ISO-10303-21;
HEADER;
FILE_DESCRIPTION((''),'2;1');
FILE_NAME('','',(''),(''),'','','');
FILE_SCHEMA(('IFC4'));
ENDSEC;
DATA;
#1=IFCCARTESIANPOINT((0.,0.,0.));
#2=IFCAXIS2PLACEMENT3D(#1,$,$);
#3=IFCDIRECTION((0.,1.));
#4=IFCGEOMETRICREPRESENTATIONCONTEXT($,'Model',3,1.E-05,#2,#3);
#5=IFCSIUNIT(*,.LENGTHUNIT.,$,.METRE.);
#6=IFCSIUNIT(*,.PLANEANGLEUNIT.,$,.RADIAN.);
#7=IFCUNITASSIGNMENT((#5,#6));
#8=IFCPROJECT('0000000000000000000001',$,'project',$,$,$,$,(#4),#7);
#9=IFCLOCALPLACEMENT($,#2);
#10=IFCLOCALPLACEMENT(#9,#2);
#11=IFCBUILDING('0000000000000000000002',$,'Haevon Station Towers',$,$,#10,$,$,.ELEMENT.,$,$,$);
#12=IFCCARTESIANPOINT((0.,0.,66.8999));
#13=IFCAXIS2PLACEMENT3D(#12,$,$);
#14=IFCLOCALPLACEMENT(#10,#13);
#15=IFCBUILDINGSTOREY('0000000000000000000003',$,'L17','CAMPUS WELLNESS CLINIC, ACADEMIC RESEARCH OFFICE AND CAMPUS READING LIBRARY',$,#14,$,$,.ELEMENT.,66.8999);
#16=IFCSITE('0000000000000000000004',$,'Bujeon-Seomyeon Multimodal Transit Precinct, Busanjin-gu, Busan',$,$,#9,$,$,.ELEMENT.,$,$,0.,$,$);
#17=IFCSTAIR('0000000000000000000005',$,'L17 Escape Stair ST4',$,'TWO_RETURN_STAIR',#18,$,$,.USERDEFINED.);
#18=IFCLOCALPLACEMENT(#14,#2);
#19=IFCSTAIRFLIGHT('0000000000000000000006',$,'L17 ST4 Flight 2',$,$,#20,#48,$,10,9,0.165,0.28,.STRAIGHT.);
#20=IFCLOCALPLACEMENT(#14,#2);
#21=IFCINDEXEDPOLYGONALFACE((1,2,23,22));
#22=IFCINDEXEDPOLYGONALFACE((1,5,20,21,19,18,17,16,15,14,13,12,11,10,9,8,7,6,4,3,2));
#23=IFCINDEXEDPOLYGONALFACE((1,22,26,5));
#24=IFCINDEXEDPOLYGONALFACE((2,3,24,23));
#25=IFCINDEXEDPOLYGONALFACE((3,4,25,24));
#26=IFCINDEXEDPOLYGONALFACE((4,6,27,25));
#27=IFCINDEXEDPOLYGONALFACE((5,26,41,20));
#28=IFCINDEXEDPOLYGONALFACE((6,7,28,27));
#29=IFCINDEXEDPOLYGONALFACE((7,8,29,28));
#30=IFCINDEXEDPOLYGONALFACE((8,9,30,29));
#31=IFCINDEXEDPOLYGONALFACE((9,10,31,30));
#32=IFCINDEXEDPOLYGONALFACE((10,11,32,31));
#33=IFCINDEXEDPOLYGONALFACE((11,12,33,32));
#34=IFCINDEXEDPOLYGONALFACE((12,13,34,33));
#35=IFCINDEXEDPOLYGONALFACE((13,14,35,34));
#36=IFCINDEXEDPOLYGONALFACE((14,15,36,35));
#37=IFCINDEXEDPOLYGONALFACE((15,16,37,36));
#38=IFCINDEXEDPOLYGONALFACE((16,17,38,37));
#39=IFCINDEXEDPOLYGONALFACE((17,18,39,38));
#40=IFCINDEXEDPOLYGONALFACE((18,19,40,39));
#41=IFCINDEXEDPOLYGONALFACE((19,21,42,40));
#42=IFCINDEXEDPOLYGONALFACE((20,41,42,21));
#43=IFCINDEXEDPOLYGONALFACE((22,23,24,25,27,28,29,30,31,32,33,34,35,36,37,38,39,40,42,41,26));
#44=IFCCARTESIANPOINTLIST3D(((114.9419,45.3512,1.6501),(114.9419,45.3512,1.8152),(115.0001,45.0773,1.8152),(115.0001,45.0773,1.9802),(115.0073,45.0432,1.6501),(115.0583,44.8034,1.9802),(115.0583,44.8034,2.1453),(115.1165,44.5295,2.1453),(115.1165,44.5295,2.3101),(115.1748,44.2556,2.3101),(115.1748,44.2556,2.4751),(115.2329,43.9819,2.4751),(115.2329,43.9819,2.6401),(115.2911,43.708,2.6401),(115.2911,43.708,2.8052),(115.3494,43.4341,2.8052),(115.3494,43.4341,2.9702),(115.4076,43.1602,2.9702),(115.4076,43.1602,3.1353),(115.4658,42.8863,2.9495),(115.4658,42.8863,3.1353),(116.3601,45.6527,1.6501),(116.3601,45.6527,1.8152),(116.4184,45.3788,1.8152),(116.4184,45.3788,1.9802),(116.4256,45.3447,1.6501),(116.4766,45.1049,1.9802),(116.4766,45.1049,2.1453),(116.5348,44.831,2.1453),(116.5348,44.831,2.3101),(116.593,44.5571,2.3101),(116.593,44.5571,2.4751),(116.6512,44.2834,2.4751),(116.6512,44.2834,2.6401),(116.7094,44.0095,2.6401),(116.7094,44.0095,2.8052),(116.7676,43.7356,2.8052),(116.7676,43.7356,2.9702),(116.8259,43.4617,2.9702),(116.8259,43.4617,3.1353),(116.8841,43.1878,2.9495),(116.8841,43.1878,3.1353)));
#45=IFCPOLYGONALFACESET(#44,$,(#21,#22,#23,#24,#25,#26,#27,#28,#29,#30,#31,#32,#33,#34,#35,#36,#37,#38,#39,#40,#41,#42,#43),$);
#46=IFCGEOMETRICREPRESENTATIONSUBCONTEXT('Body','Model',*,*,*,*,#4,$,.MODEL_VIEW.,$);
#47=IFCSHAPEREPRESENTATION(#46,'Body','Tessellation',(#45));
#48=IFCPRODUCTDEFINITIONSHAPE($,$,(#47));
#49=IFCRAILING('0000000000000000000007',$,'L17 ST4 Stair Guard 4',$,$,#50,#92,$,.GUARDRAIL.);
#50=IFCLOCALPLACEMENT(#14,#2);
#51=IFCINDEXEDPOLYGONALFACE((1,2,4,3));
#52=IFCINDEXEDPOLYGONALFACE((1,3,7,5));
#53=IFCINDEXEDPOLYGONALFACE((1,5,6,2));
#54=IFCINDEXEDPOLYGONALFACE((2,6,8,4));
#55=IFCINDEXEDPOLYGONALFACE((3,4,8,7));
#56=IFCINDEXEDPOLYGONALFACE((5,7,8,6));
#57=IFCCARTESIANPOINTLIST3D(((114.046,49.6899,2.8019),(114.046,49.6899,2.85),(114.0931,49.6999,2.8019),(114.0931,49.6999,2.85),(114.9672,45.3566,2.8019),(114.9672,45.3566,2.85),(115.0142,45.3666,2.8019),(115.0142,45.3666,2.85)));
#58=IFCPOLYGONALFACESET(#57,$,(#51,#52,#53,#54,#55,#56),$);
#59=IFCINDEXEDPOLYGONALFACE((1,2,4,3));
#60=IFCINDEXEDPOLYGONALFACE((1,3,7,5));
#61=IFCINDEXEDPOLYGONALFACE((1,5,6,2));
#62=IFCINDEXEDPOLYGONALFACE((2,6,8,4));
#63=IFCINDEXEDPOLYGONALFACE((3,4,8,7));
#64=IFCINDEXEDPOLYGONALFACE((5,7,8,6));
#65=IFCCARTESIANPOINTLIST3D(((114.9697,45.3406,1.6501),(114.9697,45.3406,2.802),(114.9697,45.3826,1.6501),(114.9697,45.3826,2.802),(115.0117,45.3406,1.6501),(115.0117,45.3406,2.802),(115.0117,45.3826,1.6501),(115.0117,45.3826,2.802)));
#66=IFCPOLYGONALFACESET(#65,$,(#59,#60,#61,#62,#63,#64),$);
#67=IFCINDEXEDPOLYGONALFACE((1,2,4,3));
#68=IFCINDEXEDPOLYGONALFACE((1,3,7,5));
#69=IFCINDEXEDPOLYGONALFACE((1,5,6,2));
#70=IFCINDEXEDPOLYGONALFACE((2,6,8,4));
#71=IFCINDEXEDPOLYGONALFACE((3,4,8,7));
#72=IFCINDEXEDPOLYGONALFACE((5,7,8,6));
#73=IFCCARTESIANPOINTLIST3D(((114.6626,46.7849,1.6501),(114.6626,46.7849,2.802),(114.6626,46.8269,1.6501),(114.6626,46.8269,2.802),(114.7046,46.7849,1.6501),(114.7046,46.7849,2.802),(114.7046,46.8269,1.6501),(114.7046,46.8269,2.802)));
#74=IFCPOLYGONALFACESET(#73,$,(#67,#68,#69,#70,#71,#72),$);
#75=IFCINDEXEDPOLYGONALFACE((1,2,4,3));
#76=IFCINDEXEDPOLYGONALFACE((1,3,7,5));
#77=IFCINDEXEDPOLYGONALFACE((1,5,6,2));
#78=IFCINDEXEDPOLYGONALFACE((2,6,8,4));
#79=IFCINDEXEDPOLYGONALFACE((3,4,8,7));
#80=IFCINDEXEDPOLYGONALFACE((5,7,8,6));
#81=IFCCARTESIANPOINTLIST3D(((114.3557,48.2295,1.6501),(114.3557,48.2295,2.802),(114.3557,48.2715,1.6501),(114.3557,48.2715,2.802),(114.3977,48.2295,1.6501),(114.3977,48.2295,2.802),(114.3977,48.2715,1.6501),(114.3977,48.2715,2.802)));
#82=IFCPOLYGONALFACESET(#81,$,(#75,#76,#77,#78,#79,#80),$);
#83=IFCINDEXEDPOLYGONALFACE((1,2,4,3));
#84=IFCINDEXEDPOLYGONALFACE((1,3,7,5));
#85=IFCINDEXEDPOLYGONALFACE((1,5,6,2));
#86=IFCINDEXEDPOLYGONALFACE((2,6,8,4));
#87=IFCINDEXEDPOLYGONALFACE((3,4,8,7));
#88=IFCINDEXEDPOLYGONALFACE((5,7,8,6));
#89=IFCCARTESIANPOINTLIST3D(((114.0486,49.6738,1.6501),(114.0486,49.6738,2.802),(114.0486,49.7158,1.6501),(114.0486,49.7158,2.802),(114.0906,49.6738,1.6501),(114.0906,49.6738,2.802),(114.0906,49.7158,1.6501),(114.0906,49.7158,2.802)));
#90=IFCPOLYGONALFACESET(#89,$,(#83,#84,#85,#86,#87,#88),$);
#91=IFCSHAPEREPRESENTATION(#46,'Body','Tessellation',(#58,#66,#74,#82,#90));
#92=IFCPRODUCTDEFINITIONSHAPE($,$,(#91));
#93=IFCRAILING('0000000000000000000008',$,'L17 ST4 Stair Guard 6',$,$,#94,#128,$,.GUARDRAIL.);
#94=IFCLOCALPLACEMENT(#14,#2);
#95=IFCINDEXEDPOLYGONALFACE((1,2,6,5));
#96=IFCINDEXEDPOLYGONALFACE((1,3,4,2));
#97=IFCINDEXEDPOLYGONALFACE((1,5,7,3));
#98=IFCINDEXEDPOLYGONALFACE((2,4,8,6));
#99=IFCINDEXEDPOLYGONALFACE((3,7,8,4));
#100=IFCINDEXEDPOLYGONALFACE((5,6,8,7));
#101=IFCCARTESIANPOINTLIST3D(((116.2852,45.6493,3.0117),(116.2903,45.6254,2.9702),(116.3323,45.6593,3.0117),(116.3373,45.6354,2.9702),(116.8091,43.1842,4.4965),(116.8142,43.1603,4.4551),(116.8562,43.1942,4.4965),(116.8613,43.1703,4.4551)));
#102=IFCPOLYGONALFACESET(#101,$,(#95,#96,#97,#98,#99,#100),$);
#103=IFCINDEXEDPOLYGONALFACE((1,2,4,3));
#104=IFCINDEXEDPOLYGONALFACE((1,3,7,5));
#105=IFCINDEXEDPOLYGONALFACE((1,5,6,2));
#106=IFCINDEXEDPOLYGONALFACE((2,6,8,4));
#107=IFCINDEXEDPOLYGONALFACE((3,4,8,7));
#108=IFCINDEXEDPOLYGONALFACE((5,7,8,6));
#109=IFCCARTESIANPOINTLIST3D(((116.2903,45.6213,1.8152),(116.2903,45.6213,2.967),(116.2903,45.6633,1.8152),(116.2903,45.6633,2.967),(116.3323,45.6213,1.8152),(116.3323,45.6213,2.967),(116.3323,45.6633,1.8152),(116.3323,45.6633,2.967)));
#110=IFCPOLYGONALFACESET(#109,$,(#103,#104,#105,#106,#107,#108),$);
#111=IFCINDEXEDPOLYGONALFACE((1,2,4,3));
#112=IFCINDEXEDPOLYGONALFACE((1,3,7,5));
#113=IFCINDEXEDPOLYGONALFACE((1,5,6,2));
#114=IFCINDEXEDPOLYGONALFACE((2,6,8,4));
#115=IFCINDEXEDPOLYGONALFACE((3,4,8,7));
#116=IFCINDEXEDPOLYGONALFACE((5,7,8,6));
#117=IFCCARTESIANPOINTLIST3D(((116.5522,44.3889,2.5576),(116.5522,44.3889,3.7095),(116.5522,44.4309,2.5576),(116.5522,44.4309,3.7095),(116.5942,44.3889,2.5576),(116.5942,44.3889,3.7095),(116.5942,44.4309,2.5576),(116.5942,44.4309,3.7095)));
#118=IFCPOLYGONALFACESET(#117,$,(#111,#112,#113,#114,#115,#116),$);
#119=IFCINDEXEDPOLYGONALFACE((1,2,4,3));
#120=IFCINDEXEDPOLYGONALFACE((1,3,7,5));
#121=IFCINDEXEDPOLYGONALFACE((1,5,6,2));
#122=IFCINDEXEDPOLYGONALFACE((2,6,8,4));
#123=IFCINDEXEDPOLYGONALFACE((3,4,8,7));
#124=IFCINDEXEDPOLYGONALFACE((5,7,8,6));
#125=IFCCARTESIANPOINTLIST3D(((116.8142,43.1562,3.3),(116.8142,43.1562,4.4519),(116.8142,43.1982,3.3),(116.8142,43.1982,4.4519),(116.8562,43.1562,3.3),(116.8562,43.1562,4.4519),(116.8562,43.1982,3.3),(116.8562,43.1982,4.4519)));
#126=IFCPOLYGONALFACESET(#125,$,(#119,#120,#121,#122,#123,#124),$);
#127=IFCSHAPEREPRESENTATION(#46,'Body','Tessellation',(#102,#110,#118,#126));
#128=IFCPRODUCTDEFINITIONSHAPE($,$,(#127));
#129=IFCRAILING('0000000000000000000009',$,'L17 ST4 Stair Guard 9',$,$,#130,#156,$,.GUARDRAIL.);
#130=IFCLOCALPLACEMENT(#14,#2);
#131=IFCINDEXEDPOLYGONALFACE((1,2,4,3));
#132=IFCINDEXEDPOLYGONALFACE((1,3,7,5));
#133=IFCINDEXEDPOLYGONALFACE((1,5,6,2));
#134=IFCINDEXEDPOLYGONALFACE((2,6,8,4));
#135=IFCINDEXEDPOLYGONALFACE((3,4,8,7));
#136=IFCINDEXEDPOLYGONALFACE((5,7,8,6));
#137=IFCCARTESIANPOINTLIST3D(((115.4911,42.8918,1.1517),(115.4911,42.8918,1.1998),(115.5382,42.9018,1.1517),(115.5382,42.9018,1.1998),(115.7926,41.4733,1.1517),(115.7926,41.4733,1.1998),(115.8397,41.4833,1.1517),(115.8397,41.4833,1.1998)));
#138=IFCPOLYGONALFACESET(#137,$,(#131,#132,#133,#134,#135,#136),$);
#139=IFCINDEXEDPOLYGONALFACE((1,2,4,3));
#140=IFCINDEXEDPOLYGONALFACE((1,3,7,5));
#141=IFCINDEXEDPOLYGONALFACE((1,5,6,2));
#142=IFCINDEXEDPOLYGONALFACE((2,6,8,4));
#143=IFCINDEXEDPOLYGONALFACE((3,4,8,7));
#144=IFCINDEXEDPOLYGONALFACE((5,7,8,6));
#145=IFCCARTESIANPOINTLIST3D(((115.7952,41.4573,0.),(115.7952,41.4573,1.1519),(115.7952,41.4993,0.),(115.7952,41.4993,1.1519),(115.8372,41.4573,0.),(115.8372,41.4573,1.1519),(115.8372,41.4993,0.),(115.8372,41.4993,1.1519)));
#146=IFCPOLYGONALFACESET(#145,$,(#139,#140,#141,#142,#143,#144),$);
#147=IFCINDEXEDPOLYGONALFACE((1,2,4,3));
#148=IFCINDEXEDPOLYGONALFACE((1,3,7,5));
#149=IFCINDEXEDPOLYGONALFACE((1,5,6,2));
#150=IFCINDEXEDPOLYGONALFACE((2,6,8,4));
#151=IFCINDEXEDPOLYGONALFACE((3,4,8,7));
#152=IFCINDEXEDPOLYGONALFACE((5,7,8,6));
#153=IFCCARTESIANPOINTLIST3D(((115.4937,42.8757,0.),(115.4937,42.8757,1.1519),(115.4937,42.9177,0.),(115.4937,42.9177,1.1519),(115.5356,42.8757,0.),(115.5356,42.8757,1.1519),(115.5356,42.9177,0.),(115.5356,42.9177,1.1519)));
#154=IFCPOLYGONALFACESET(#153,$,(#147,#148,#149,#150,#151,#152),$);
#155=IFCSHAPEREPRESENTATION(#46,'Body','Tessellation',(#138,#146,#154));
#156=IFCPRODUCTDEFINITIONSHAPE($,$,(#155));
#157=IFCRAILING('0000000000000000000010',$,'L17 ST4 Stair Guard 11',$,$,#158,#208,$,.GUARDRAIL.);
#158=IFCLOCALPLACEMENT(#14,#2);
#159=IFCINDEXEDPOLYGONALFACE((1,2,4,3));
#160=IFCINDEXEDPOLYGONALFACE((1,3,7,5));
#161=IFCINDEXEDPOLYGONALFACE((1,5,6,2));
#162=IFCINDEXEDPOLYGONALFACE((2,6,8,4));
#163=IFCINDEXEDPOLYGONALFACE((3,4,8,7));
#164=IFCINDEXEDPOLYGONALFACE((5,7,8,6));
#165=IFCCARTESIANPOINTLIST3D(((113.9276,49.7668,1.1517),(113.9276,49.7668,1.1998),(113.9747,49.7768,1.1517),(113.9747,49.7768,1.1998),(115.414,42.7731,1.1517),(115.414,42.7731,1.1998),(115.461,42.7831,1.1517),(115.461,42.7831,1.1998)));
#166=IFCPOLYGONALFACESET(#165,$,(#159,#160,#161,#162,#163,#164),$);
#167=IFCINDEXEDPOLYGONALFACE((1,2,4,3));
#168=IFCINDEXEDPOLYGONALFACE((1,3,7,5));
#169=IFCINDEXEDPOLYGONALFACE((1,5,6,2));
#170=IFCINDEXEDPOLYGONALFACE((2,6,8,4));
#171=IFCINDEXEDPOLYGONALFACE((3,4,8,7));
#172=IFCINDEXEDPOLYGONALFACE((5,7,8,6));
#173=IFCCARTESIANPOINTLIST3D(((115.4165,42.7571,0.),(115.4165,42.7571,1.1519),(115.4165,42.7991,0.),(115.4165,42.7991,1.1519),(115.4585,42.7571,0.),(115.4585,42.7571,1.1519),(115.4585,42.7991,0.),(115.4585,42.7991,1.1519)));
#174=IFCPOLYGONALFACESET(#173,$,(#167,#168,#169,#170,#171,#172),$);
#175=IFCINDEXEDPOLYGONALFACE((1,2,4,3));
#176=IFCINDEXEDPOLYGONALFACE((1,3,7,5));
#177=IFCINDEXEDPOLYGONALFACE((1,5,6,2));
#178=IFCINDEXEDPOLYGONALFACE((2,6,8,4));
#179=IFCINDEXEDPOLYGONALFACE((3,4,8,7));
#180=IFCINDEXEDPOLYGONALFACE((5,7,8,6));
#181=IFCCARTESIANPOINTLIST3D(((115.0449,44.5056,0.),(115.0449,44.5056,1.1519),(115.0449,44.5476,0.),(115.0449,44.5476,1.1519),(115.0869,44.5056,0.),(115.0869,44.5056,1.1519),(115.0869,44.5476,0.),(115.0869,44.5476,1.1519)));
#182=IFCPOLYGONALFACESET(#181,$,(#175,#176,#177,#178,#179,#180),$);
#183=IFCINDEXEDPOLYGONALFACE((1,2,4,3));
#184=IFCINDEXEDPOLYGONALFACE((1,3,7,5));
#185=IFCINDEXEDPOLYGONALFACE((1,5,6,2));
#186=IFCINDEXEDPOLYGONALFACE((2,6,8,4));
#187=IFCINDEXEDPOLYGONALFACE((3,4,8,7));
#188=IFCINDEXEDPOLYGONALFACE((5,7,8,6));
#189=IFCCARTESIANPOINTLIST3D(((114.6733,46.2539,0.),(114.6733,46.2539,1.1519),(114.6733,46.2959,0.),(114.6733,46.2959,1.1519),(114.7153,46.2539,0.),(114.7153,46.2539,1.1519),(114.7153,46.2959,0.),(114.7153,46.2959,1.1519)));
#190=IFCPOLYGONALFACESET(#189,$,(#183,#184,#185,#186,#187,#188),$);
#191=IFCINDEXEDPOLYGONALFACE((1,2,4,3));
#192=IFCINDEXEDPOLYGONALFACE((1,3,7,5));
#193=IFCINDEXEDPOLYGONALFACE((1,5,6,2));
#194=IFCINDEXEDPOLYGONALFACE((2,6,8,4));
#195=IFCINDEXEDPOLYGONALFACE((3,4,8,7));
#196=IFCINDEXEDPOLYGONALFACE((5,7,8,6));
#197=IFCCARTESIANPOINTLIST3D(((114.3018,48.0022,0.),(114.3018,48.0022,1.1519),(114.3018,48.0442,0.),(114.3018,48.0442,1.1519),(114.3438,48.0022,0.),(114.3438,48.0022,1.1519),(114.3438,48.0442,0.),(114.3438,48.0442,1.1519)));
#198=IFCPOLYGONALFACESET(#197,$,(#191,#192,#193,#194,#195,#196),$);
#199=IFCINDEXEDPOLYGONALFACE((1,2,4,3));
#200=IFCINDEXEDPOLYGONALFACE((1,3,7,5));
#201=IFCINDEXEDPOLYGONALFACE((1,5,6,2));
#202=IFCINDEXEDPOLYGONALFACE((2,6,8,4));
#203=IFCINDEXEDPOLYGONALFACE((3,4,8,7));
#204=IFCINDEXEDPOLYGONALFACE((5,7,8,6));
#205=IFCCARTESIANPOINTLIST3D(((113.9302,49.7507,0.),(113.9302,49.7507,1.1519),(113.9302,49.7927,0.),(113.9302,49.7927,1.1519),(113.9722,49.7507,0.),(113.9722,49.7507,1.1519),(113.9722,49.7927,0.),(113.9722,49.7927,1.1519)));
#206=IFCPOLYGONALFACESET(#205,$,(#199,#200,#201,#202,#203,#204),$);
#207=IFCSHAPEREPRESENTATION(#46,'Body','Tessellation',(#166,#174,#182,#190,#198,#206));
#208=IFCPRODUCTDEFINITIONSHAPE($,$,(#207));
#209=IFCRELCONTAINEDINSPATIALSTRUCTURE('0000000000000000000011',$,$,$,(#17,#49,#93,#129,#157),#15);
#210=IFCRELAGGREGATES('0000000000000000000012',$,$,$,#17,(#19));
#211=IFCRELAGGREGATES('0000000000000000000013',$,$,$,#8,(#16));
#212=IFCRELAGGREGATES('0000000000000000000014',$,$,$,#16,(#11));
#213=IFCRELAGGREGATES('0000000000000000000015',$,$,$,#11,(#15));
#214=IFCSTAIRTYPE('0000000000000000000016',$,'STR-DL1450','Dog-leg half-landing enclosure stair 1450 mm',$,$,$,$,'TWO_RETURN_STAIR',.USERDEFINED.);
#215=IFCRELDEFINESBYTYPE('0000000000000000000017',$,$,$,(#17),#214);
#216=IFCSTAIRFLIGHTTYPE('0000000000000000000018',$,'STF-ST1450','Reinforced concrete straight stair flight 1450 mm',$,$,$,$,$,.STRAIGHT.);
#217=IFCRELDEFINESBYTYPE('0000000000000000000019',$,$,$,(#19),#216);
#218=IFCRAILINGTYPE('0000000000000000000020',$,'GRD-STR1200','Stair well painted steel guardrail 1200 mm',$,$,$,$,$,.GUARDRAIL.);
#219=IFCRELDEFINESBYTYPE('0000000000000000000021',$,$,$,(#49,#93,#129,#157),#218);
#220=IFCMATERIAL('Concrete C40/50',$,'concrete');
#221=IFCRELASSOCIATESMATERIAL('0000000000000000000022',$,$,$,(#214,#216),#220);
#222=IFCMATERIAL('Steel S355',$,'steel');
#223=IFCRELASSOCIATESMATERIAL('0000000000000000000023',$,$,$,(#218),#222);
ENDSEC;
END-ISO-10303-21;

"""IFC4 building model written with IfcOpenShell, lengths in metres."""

from ifc_helpers import new_model, si_unit, direction, frame, origin, origin_2d, place, context, subcontext, project, spatial, polyline, rectangle, outline, extrude, material, type_object, element, aggregate, save


model = new_model("IFC4")

# Units and contexts
model_context = context("Model", 3, precision=1e-05, world=origin(), true_north=direction((0.0, 1.0)))
body_context = subcontext(model_context, "Body", "Model", "MODEL_VIEW")
ifc_project = project(units=[si_unit("LENGTHUNIT", "METRE"), si_unit("PLANEANGLEUNIT", "RADIAN")], contexts=[model_context])

# Site, building, storey
site_placement = place(None, origin())
site = spatial("IfcSite", under=ifc_project, at=site_placement, Name="Bujeon-Seomyeon Multimodal Transit Precinct, Busanjin-gu, Busan", CompositionType="ELEMENT", RefElevation=0.0)
building_placement = place(site_placement, origin())
building = spatial("IfcBuilding", under=site, at=building_placement, Name="Haevon Station Towers", CompositionType="ELEMENT")
storey_placement = place(building_placement, frame((0.0, 0.0, 66.8999)))
storey = spatial("IfcBuildingStorey", under=building, at=storey_placement, Name="L17", Description="CAMPUS WELLNESS CLINIC, ACADEMIC RESEARCH OFFICE AND CAMPUS READING LIBRARY", CompositionType="ELEMENT", Elevation=66.8999)

# Shared definitions
ifc_material_1 = material(Name="Steel S355", Category="steel")

# Shared definitions
ifc_material_2 = material(Name="Concrete C40/50", Category="concrete")

# Stair, stair flight
stair_type = type_object("IfcStairType", Name="STR-DL1450", Description="Dog-leg half-landing enclosure stair 1450 mm", ElementType="TWO_RETURN_STAIR", PredefinedType="USERDEFINED", material=ifc_material_2)
stair_placement = place(storey_placement, origin())
stair = element("IfcStair", 1, at=stair_placement, inside=storey, type_object=stair_type, Name="L17 Escape Stair ST4", ObjectType="TWO_RETURN_STAIR", PredefinedType="USERDEFINED")
stair_flight_type = type_object("IfcStairFlightType", Name="STF-ST1450", Description="Reinforced concrete straight stair flight 1450 mm", PredefinedType="STRAIGHT", material=ifc_material_2)
stair_flight_placement = place(storey_placement, frame((115.6509, 45.502, 1.6501), z_axis=(0.0, 0.0, 1.0), x_axis=(0.207912, -0.978148, 0.0)))
stair_flight = element("IfcStairFlight", 2, at=stair_flight_placement, type_object=stair_flight_type, Name="L17 ST4 Flight 2", NumberOfRisers=10, NumberOfTreads=9, PredefinedType="STRAIGHT", RiserHeight=0.165, TreadLength=0.28, context=body_context, shape_type="SweptSolid", body=[
    extrude(outline(polyline([(0.0, 0.0), (0.0, 0.165), (0.28, 0.165), (0.28, 0.3301), (0.5601, 0.3301), (0.5601, 0.4951), (0.8401, 0.4951), (0.8401, 0.6599), (1.1201, 0.6599), (1.1201, 0.825), (1.3999, 0.825), (1.3999, 0.99), (1.6799, 0.99), (1.6799, 1.155), (1.96, 1.155), (1.96, 1.3201), (2.24, 1.3201), (2.24, 1.4851), (2.52, 1.4851), (2.52, 1.6499), (2.52, 1.2993), (0.3149, 0.0), (0.0, 0.0)])), frame((0.0, 0.7251, 0.0), z_axis=(0.0, -1.0, 0.0), x_axis=(1.0, 0.0, 0.0)), (0.0, 0.0, 1.0), 1.45),
])
aggregate(stair, [stair_flight])

# Railings
railing_type_1 = type_object("IfcRailingType", Name="GRD-STR1200", Description="Stair well painted steel guardrail 1200 mm", PredefinedType="GUARDRAIL", material=ifc_material_1)
railing_1_placement = place(storey_placement, frame((114.9907, 45.3616, 1.6501)))
element("IfcRailing", 3, at=railing_1_placement, inside=storey, type_object=railing_type_1, Name="L17 ST4 Stair Guard 4", PredefinedType="GUARDRAIL", context=body_context, shape_type="SweptSolid", body=[
    extrude(rectangle(XDim=0.0481, YDim=0.0481, at=origin_2d()), frame((0.0, 0.0, 1.1758), z_axis=(-0.207929, 0.978144, 0.0), x_axis=(-0.978144, -0.207929, 0.0)), (0.0, 0.0, 1.0), 4.4302),
    extrude(rectangle(XDim=0.042, YDim=0.042, at=origin_2d()), origin(), (0.0, 0.0, 1.0), 1.1519),
    extrude(rectangle(XDim=0.042, YDim=0.042, at=origin_2d()), frame((-0.3071, 1.4443, 0.0)), (0.0, 0.0, 1.0), 1.1519),
    extrude(rectangle(XDim=0.042, YDim=0.042, at=origin_2d()), frame((-0.614, 2.8889, 0.0)), (0.0, 0.0, 1.0), 1.1519),
    extrude(rectangle(XDim=0.042, YDim=0.042, at=origin_2d()), frame((-0.9211, 4.3333, 0.0)), (0.0, 0.0, 1.0), 1.1519),
])
railing_2_placement = place(storey_placement, frame((116.3113, 45.6423, 1.8152)))
element("IfcRailing", 4, at=railing_2_placement, inside=storey, type_object=railing_type_1, Name="L17 ST4 Stair Guard 6", PredefinedType="GUARDRAIL", context=body_context, shape_type="SweptSolid", body=[
    extrude(rectangle(XDim=0.0481, YDim=0.0481, at=origin_2d()), frame((0.0, 0.0, 1.1758), z_axis=(0.179116, -0.842748, 0.507635), x_axis=(0.978151, 0.207895, 0.0)), (0.0, 0.0, 1.0), 2.925),
    extrude(rectangle(XDim=0.042, YDim=0.042, at=origin_2d()), origin(), (0.0, 0.0, 1.0), 1.1519),
    extrude(rectangle(XDim=0.042, YDim=0.042, at=origin_2d()), frame((0.262, -1.2324, 0.7424)), (0.0, 0.0, 1.0), 1.1519),
    extrude(rectangle(XDim=0.042, YDim=0.042, at=origin_2d()), frame((0.5239, -2.4651, 1.4849)), (0.0, 0.0, 1.0), 1.1519),
])
railing_3_placement = place(storey_placement, frame((115.8162, 41.4783, 0.0)))
element("IfcRailing", 5, at=railing_3_placement, inside=storey, type_object=railing_type_1, Name="L17 ST4 Stair Guard 9", PredefinedType="GUARDRAIL", context=body_context, shape_type="SweptSolid", body=[
    extrude(rectangle(XDim=0.0481, YDim=0.0481, at=origin_2d()), frame((0.0, 0.0, 1.1758), z_axis=(-0.207919, 0.978146, 0.0), x_axis=(-0.978146, -0.207919, 0.0)), (0.0, 0.0, 1.0), 1.4502),
    extrude(rectangle(XDim=0.042, YDim=0.042, at=origin_2d()), origin(), (0.0, 0.0, 1.0), 1.1519),
    extrude(rectangle(XDim=0.042, YDim=0.042, at=origin_2d()), frame((-0.3015, 1.4185, 0.0)), (0.0, 0.0, 1.0), 1.1519),
])
railing_4_placement = place(storey_placement, frame((115.4375, 42.7781, 0.0)))
element("IfcRailing", 6, at=railing_4_placement, inside=storey, type_object=railing_type_1, Name="L17 ST4 Stair Guard 11", PredefinedType="GUARDRAIL", context=body_context, shape_type="SweptSolid", body=[
    extrude(rectangle(XDim=0.0481, YDim=0.0481, at=origin_2d()), frame((0.0, 0.0, 1.1758), z_axis=(-0.207882, 0.978154, 0.0), x_axis=(-0.978154, -0.207882, 0.0)), (0.0, 0.0, 1.0), 7.1499),
    extrude(rectangle(XDim=0.042, YDim=0.042, at=origin_2d()), origin(), (0.0, 0.0, 1.0), 1.1519),
    extrude(rectangle(XDim=0.042, YDim=0.042, at=origin_2d()), frame((-0.3716, 1.7485, 0.0)), (0.0, 0.0, 1.0), 1.1519),
    extrude(rectangle(XDim=0.042, YDim=0.042, at=origin_2d()), frame((-0.7432, 3.4968, 0.0)), (0.0, 0.0, 1.0), 1.1519),
    extrude(rectangle(XDim=0.042, YDim=0.042, at=origin_2d()), frame((-1.1147, 5.2451, 0.0)), (0.0, 0.0, 1.0), 1.1519),
    extrude(rectangle(XDim=0.042, YDim=0.042, at=origin_2d()), frame((-1.4863, 6.9937, 0.0)), (0.0, 0.0, 1.0), 1.1519),
])

save(model, "model.ifc")
